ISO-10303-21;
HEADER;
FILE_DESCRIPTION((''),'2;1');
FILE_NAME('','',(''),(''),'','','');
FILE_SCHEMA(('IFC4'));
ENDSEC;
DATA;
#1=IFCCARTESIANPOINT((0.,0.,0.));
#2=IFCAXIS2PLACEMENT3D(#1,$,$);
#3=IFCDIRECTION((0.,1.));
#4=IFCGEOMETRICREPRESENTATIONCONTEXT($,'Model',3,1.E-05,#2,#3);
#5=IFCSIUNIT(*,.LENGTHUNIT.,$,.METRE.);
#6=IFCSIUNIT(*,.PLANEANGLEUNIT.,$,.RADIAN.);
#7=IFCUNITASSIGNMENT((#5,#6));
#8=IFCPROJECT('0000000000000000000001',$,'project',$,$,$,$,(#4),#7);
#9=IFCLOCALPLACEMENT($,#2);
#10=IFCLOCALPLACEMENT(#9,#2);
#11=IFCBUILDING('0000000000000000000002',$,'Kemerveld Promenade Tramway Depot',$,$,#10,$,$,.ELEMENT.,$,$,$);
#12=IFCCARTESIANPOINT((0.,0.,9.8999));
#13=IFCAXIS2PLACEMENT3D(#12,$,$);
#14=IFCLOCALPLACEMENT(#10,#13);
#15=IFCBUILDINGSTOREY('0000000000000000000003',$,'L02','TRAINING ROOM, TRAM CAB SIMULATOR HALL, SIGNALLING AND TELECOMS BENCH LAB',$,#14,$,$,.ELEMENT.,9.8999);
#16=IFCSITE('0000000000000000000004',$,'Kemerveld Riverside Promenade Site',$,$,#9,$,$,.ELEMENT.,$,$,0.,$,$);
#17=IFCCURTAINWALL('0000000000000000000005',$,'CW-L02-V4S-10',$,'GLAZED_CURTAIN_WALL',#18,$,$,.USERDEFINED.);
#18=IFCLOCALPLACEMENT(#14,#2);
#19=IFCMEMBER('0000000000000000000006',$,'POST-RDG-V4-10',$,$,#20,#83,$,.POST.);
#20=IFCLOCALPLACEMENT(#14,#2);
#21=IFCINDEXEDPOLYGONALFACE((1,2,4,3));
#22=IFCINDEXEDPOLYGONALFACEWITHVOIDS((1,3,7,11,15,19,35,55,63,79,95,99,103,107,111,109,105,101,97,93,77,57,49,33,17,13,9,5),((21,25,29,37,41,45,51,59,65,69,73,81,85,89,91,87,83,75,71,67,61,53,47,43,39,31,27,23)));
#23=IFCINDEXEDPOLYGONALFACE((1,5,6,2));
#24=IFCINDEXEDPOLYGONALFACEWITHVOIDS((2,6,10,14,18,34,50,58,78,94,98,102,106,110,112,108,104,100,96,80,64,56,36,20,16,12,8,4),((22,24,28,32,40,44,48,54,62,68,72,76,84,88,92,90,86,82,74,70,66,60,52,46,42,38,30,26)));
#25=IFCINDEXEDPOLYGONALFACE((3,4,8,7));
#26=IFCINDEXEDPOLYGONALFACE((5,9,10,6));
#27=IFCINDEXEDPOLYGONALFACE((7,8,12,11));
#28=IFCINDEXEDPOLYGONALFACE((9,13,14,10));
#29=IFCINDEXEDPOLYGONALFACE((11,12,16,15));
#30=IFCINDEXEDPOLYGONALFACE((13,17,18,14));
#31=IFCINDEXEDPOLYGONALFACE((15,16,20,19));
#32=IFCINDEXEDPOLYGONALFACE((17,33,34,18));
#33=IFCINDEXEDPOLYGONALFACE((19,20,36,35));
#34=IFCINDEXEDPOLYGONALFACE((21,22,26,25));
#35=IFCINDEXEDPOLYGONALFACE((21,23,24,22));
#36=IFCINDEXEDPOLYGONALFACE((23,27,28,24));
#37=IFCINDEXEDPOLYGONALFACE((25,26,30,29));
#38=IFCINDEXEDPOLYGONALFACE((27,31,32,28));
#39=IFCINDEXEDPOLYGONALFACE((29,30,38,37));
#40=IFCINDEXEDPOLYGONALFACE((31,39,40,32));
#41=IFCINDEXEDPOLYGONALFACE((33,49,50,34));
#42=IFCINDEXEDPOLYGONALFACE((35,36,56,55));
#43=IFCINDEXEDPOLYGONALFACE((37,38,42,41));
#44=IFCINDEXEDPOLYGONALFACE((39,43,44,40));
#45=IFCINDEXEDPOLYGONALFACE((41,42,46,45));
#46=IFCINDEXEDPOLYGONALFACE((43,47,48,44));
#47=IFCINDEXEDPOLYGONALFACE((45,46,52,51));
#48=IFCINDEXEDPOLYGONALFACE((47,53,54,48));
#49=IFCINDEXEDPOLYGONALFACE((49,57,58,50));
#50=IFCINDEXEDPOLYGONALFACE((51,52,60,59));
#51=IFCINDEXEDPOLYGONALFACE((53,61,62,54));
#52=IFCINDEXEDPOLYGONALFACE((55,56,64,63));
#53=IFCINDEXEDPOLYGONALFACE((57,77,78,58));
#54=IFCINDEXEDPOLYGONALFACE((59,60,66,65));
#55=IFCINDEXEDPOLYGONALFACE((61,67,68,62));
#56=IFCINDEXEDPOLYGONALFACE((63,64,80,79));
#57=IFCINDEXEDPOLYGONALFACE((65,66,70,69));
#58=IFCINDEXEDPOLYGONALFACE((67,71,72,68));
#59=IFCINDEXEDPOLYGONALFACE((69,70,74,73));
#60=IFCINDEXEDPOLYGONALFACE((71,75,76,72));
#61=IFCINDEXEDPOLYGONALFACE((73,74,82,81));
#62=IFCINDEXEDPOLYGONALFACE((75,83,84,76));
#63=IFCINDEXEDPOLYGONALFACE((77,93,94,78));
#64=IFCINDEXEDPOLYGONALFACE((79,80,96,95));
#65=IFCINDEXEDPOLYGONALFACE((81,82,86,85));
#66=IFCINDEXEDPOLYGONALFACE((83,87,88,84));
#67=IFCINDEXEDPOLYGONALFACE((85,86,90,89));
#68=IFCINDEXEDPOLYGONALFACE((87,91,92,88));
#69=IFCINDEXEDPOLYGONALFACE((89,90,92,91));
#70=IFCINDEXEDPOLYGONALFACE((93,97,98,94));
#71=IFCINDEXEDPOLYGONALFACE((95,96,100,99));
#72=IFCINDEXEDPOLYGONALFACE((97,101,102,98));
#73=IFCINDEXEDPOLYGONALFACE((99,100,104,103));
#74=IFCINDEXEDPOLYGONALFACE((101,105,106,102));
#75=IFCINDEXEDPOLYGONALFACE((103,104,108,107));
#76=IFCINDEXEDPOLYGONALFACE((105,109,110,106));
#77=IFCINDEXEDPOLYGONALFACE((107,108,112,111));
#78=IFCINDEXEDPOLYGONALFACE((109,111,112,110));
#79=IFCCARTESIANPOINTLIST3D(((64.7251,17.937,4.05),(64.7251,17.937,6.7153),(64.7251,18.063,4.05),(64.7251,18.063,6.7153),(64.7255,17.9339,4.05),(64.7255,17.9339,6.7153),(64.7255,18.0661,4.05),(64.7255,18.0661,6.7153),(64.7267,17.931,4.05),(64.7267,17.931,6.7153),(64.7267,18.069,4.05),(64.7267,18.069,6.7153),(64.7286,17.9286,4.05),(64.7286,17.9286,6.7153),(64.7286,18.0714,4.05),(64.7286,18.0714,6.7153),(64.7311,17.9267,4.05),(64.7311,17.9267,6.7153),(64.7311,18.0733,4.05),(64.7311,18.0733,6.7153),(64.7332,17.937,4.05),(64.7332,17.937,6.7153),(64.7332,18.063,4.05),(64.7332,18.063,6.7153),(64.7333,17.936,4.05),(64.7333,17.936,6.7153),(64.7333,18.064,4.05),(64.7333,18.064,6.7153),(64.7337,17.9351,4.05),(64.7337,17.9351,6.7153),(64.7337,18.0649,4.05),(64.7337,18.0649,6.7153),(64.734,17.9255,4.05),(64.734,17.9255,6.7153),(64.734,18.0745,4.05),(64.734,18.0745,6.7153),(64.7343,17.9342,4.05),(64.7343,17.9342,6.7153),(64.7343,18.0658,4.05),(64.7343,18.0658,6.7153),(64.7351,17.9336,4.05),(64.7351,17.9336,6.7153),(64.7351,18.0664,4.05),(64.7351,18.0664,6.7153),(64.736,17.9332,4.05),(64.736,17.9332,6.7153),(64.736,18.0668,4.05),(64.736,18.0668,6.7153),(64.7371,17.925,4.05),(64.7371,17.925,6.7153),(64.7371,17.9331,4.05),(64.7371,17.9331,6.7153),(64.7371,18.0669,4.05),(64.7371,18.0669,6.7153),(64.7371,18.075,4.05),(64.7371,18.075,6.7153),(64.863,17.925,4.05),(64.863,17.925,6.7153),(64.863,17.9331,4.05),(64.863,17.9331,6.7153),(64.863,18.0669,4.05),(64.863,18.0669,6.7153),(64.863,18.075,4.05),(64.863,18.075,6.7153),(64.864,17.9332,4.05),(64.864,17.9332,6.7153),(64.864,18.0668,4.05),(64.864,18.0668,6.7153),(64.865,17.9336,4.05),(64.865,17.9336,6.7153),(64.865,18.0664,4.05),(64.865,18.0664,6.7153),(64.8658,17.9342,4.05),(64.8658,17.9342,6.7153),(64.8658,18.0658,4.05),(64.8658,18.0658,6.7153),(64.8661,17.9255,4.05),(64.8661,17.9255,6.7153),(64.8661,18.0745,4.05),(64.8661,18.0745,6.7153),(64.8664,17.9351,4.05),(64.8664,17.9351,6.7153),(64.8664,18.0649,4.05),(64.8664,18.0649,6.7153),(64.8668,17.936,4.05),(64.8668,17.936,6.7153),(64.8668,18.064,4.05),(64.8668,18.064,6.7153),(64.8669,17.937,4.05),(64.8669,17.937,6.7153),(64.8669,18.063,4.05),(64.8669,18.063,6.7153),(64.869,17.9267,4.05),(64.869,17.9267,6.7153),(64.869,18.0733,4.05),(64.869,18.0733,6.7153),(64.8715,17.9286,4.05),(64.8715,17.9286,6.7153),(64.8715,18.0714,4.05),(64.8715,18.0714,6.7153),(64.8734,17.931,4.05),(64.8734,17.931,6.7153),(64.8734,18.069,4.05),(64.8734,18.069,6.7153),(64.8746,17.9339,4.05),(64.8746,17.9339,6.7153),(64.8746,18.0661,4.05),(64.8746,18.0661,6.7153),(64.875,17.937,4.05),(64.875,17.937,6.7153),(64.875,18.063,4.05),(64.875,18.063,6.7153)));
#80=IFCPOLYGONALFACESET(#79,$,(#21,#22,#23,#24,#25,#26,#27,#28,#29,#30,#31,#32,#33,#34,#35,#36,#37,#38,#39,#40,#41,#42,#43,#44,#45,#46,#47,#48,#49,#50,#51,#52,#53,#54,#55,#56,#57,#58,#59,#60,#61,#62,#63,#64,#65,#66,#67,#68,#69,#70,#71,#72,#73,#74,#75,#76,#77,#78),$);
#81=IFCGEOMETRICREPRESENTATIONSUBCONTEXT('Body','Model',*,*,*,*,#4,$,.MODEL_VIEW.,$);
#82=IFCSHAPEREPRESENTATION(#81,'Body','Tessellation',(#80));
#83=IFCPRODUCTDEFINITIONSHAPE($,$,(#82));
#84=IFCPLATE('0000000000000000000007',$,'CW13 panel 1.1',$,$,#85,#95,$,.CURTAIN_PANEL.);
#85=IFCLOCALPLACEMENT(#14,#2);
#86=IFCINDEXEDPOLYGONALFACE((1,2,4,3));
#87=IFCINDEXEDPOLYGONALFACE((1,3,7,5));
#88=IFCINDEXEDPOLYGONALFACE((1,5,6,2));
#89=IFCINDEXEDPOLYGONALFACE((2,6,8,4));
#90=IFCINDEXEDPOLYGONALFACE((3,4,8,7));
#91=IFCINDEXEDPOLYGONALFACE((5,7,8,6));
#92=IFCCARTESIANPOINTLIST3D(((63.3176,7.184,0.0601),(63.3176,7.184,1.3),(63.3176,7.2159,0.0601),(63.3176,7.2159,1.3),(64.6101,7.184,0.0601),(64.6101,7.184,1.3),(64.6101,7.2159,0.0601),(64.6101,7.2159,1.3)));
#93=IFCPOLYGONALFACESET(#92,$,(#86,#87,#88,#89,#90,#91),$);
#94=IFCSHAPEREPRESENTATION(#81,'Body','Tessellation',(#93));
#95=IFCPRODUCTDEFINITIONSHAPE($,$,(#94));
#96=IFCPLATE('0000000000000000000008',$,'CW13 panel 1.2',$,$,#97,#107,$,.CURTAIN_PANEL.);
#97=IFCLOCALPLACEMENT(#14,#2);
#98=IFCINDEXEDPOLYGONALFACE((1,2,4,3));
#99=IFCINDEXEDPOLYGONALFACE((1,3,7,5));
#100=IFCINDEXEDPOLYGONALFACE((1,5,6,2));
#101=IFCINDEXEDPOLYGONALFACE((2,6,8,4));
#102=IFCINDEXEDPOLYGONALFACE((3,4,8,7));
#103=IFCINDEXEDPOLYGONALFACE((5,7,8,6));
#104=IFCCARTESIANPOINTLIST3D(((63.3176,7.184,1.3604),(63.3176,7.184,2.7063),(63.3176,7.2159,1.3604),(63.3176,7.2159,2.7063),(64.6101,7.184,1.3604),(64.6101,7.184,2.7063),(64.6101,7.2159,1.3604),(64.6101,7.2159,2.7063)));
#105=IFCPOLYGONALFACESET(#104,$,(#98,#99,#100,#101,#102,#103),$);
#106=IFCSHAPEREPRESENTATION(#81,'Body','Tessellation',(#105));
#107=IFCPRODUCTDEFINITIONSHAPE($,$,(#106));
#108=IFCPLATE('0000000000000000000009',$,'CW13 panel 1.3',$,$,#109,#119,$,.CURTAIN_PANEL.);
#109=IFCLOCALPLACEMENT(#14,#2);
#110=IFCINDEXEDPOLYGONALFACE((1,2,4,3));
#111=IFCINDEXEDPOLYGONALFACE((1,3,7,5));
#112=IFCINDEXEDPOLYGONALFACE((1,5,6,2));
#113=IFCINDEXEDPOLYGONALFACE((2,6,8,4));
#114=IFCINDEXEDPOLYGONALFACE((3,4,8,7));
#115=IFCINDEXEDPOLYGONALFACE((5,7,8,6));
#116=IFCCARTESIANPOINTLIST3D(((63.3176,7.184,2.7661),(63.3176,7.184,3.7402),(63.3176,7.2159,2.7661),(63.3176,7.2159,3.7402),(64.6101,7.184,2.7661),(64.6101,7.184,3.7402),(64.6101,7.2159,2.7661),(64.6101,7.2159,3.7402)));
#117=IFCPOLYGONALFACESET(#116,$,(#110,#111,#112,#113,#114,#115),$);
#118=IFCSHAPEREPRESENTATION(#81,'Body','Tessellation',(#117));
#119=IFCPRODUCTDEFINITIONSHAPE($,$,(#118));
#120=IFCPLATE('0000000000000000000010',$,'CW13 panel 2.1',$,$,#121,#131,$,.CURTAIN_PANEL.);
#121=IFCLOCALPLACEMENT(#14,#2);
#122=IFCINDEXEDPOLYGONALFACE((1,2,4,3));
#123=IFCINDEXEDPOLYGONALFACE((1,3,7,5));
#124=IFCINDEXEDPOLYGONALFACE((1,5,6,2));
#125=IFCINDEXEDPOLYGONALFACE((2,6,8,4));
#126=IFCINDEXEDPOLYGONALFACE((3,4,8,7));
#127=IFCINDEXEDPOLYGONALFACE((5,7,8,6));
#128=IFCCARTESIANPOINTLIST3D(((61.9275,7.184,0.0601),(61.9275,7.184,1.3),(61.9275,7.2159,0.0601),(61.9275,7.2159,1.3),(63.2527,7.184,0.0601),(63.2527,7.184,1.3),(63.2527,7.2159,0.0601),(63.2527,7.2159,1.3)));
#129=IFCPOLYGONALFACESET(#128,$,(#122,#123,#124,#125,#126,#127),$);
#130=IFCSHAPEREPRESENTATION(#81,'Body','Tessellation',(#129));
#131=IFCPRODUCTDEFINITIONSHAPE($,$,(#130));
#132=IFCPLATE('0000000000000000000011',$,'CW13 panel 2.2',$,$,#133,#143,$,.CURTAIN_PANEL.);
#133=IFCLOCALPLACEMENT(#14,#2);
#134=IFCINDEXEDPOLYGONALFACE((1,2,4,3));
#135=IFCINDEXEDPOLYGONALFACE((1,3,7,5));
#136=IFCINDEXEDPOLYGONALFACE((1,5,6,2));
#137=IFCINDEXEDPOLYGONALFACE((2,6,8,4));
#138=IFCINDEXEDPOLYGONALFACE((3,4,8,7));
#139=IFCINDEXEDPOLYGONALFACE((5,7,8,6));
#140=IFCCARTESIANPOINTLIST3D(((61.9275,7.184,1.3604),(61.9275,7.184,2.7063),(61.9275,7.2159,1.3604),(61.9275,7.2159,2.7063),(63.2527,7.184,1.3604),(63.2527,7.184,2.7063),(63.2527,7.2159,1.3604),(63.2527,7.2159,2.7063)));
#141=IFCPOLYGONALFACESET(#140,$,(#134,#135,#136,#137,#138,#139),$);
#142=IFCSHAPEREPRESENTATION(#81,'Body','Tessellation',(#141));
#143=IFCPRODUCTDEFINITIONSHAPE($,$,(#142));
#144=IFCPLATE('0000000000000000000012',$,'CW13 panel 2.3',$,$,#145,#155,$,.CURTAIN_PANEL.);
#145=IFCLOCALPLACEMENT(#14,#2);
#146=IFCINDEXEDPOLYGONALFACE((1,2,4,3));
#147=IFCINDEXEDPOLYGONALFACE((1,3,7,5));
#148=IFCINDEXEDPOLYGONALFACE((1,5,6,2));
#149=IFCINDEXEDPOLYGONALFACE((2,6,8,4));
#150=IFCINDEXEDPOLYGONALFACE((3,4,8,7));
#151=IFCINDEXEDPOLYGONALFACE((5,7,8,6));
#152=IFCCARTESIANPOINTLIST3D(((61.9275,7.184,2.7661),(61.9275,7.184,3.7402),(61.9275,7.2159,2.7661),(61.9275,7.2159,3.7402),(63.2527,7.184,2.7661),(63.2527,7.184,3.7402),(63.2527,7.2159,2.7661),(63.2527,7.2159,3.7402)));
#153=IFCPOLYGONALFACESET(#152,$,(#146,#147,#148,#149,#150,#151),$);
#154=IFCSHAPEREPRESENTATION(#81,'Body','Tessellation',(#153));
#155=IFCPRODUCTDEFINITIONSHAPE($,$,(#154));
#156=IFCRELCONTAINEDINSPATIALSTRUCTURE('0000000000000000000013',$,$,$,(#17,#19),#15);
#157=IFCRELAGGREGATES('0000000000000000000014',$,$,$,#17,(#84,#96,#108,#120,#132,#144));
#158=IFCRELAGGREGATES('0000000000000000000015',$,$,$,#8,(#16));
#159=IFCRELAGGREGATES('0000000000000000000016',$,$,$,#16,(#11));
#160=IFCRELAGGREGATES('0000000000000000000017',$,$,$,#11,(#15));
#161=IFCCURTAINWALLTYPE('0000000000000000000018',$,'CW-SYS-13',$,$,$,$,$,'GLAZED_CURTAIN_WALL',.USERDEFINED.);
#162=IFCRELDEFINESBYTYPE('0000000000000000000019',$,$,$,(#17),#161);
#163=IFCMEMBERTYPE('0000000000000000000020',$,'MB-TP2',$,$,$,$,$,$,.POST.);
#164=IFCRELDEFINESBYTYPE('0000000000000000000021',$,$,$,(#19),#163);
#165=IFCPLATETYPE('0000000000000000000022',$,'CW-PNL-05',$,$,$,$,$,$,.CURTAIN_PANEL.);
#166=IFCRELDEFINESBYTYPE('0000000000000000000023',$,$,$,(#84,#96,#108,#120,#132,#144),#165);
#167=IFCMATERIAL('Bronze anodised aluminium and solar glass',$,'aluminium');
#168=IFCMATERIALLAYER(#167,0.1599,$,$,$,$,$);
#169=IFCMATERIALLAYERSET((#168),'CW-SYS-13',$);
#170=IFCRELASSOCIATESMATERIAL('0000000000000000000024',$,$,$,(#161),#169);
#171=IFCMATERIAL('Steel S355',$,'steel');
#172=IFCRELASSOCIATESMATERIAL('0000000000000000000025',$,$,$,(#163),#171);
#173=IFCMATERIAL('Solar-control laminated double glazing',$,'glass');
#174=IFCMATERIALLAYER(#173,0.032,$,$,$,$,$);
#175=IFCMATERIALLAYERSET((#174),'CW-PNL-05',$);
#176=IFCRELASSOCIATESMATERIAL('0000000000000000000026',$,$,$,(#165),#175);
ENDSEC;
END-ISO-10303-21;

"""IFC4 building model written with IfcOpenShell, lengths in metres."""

from ifc_helpers import new_model, si_unit, direction, frame, origin, origin_2d, place, context, subcontext, project, spatial, rectangle, hollow_rectangle, extrude, material, layer, layer_set, material_profile, profile_set, type_object, element, aggregate, save


model = new_model("IFC4")

# Units and contexts
model_context = context("Model", 3, precision=1e-05, world=origin(), true_north=direction((0.0, 1.0)))
body_context = subcontext(model_context, "Body", "Model", "MODEL_VIEW")
ifc_project = project(units=[si_unit("LENGTHUNIT", "METRE"), si_unit("PLANEANGLEUNIT", "RADIAN")], contexts=[model_context])

# Site, building, storey
site_placement = place(None, origin())
site = spatial("IfcSite", under=ifc_project, at=site_placement, Name="Kemerveld Riverside Promenade Site", CompositionType="ELEMENT", RefElevation=0.0)
building_placement = place(site_placement, origin())
building = spatial("IfcBuilding", under=site, at=building_placement, Name="Kemerveld Promenade Tramway Depot", CompositionType="ELEMENT")
storey_placement = place(building_placement, frame((0.0, 0.0, 9.8999)))
storey = spatial("IfcBuildingStorey", under=building, at=storey_placement, Name="L02", Description="TRAINING ROOM, TRAM CAB SIMULATOR HALL, SIGNALLING AND TELECOMS BENCH LAB", CompositionType="ELEMENT", Elevation=9.8999)

# Shared definitions
ifc_material_1 = material(Name="Steel S355", Category="steel")

# Curtain wall
ifc_material_2 = material(Name="Bronze anodised aluminium and solar glass", Category="aluminium")
ifc_layer_1 = layer(ifc_material_2, 0.1599)
ifc_layer_set_1 = layer_set([ifc_layer_1], Name="CW-SYS-13")
curtain_wall_type = type_object("IfcCurtainWallType", Name="CW-SYS-13", ElementType="GLAZED_CURTAIN_WALL", PredefinedType="USERDEFINED", material=ifc_layer_set_1)
curtain_wall_placement = place(storey_placement, origin())
curtain_wall = element("IfcCurtainWall", 1, at=curtain_wall_placement, inside=storey, type_object=curtain_wall_type, Name="CW-L02-V4S-10", ObjectType="GLAZED_CURTAIN_WALL", PredefinedType="USERDEFINED")

# Member
ifc_material_profile_1 = material_profile(ifc_material_1, hollow_rectangle(XDim=0.1499, YDim=0.1499, WallThickness=0.0081, InnerFilletRadius=0.0039, OuterFilletRadius=0.012, at=origin_2d()), Name="150x150x8.0 SHS")
ifc_profile_set_1 = profile_set([ifc_material_profile_1], Name="Steel S355")
member_type_1 = type_object("IfcMemberType", Name="MB-TP2", PredefinedType="POST", material=ifc_profile_set_1)
member_1_placement = place(storey_placement, frame((64.8, 18.0, 4.05), z_axis=(0.0, 0.0, 1.0), x_axis=(1.0, 0.0, 0.0)))
element("IfcMember", 2, at=member_1_placement, inside=storey, type_object=member_type_1, Name="POST-RDG-V4-10", PredefinedType="POST", context=body_context, shape_type="SweptSolid", body=[
    extrude(hollow_rectangle(XDim=0.1499, YDim=0.1499, WallThickness=0.0081, InnerFilletRadius=0.0039, OuterFilletRadius=0.012, at=origin_2d()), origin(), (0.0, 0.0, 1.0), 2.6653),
])

# Plates
ifc_material_3 = material(Name="Solar-control laminated double glazing", Category="glass")
ifc_layer_2 = layer(ifc_material_3, 0.032)
ifc_layer_set_2 = layer_set([ifc_layer_2], Name="CW-PNL-05")
plate_type = type_object("IfcPlateType", Name="CW-PNL-05", PredefinedType="CURTAIN_PANEL", material=ifc_layer_set_2)
plate_1_placement = place(storey_placement, frame((63.9639, 7.2, 0.0601), z_axis=(0.0, 0.0, 1.0), x_axis=(-1.0, 0.0, 0.0)))
plate_1 = element("IfcPlate", 3, at=plate_1_placement, type_object=plate_type, Name="CW13 panel 1.1", PredefinedType="CURTAIN_PANEL", context=body_context, shape_type="SweptSolid", body=[
    extrude(rectangle(XDim=1.2925, YDim=0.032, at=origin_2d()), origin(), (0.0, 0.0, 1.0), 1.24),
])
plate_2_placement = place(storey_placement, frame((63.9639, 7.2, 1.3604), z_axis=(0.0, 0.0, 1.0), x_axis=(-1.0, 0.0, 0.0)))
plate_2 = element("IfcPlate", 4, at=plate_2_placement, type_object=plate_type, Name="CW13 panel 1.2", PredefinedType="CURTAIN_PANEL", context=body_context, shape_type="SweptSolid", body=[
    extrude(rectangle(XDim=1.2925, YDim=0.032, at=origin_2d()), origin(), (0.0, 0.0, 1.0), 1.3459),
])
plate_3_placement = place(storey_placement, frame((63.9639, 7.2, 2.7661), z_axis=(0.0, 0.0, 1.0), x_axis=(-1.0, 0.0, 0.0)))
plate_3 = element("IfcPlate", 5, at=plate_3_placement, type_object=plate_type, Name="CW13 panel 1.3", PredefinedType="CURTAIN_PANEL", context=body_context, shape_type="SweptSolid", body=[
    extrude(rectangle(XDim=1.2925, YDim=0.032, at=origin_2d()), origin(), (0.0, 0.0, 1.0), 0.9741),
])
plate_4_placement = place(storey_placement, frame((62.5901, 7.2, 0.0601), z_axis=(0.0, 0.0, 1.0), x_axis=(-1.0, 0.0, 0.0)))
plate_4 = element("IfcPlate", 6, at=plate_4_placement, type_object=plate_type, Name="CW13 panel 2.1", PredefinedType="CURTAIN_PANEL", context=body_context, shape_type="SweptSolid", body=[
    extrude(rectangle(XDim=1.3252, YDim=0.032, at=origin_2d()), origin(), (0.0, 0.0, 1.0), 1.24),
])
plate_5_placement = place(storey_placement, frame((62.5901, 7.2, 1.3604), z_axis=(0.0, 0.0, 1.0), x_axis=(-1.0, 0.0, 0.0)))
plate_5 = element("IfcPlate", 7, at=plate_5_placement, type_object=plate_type, Name="CW13 panel 2.2", PredefinedType="CURTAIN_PANEL", context=body_context, shape_type="SweptSolid", body=[
    extrude(rectangle(XDim=1.3252, YDim=0.032, at=origin_2d()), origin(), (0.0, 0.0, 1.0), 1.3459),
])
plate_6_placement = place(storey_placement, frame((62.5901, 7.2, 2.7661), z_axis=(0.0, 0.0, 1.0), x_axis=(-1.0, 0.0, 0.0)))
plate_6 = element("IfcPlate", 8, at=plate_6_placement, type_object=plate_type, Name="CW13 panel 2.3", PredefinedType="CURTAIN_PANEL", context=body_context, shape_type="SweptSolid", body=[
    extrude(rectangle(XDim=1.3252, YDim=0.032, at=origin_2d()), origin(), (0.0, 0.0, 1.0), 0.9741),
])
aggregate(curtain_wall, [plate_1, plate_2, plate_3, plate_4, plate_5, plate_6])

save(model, "model.ifc")
